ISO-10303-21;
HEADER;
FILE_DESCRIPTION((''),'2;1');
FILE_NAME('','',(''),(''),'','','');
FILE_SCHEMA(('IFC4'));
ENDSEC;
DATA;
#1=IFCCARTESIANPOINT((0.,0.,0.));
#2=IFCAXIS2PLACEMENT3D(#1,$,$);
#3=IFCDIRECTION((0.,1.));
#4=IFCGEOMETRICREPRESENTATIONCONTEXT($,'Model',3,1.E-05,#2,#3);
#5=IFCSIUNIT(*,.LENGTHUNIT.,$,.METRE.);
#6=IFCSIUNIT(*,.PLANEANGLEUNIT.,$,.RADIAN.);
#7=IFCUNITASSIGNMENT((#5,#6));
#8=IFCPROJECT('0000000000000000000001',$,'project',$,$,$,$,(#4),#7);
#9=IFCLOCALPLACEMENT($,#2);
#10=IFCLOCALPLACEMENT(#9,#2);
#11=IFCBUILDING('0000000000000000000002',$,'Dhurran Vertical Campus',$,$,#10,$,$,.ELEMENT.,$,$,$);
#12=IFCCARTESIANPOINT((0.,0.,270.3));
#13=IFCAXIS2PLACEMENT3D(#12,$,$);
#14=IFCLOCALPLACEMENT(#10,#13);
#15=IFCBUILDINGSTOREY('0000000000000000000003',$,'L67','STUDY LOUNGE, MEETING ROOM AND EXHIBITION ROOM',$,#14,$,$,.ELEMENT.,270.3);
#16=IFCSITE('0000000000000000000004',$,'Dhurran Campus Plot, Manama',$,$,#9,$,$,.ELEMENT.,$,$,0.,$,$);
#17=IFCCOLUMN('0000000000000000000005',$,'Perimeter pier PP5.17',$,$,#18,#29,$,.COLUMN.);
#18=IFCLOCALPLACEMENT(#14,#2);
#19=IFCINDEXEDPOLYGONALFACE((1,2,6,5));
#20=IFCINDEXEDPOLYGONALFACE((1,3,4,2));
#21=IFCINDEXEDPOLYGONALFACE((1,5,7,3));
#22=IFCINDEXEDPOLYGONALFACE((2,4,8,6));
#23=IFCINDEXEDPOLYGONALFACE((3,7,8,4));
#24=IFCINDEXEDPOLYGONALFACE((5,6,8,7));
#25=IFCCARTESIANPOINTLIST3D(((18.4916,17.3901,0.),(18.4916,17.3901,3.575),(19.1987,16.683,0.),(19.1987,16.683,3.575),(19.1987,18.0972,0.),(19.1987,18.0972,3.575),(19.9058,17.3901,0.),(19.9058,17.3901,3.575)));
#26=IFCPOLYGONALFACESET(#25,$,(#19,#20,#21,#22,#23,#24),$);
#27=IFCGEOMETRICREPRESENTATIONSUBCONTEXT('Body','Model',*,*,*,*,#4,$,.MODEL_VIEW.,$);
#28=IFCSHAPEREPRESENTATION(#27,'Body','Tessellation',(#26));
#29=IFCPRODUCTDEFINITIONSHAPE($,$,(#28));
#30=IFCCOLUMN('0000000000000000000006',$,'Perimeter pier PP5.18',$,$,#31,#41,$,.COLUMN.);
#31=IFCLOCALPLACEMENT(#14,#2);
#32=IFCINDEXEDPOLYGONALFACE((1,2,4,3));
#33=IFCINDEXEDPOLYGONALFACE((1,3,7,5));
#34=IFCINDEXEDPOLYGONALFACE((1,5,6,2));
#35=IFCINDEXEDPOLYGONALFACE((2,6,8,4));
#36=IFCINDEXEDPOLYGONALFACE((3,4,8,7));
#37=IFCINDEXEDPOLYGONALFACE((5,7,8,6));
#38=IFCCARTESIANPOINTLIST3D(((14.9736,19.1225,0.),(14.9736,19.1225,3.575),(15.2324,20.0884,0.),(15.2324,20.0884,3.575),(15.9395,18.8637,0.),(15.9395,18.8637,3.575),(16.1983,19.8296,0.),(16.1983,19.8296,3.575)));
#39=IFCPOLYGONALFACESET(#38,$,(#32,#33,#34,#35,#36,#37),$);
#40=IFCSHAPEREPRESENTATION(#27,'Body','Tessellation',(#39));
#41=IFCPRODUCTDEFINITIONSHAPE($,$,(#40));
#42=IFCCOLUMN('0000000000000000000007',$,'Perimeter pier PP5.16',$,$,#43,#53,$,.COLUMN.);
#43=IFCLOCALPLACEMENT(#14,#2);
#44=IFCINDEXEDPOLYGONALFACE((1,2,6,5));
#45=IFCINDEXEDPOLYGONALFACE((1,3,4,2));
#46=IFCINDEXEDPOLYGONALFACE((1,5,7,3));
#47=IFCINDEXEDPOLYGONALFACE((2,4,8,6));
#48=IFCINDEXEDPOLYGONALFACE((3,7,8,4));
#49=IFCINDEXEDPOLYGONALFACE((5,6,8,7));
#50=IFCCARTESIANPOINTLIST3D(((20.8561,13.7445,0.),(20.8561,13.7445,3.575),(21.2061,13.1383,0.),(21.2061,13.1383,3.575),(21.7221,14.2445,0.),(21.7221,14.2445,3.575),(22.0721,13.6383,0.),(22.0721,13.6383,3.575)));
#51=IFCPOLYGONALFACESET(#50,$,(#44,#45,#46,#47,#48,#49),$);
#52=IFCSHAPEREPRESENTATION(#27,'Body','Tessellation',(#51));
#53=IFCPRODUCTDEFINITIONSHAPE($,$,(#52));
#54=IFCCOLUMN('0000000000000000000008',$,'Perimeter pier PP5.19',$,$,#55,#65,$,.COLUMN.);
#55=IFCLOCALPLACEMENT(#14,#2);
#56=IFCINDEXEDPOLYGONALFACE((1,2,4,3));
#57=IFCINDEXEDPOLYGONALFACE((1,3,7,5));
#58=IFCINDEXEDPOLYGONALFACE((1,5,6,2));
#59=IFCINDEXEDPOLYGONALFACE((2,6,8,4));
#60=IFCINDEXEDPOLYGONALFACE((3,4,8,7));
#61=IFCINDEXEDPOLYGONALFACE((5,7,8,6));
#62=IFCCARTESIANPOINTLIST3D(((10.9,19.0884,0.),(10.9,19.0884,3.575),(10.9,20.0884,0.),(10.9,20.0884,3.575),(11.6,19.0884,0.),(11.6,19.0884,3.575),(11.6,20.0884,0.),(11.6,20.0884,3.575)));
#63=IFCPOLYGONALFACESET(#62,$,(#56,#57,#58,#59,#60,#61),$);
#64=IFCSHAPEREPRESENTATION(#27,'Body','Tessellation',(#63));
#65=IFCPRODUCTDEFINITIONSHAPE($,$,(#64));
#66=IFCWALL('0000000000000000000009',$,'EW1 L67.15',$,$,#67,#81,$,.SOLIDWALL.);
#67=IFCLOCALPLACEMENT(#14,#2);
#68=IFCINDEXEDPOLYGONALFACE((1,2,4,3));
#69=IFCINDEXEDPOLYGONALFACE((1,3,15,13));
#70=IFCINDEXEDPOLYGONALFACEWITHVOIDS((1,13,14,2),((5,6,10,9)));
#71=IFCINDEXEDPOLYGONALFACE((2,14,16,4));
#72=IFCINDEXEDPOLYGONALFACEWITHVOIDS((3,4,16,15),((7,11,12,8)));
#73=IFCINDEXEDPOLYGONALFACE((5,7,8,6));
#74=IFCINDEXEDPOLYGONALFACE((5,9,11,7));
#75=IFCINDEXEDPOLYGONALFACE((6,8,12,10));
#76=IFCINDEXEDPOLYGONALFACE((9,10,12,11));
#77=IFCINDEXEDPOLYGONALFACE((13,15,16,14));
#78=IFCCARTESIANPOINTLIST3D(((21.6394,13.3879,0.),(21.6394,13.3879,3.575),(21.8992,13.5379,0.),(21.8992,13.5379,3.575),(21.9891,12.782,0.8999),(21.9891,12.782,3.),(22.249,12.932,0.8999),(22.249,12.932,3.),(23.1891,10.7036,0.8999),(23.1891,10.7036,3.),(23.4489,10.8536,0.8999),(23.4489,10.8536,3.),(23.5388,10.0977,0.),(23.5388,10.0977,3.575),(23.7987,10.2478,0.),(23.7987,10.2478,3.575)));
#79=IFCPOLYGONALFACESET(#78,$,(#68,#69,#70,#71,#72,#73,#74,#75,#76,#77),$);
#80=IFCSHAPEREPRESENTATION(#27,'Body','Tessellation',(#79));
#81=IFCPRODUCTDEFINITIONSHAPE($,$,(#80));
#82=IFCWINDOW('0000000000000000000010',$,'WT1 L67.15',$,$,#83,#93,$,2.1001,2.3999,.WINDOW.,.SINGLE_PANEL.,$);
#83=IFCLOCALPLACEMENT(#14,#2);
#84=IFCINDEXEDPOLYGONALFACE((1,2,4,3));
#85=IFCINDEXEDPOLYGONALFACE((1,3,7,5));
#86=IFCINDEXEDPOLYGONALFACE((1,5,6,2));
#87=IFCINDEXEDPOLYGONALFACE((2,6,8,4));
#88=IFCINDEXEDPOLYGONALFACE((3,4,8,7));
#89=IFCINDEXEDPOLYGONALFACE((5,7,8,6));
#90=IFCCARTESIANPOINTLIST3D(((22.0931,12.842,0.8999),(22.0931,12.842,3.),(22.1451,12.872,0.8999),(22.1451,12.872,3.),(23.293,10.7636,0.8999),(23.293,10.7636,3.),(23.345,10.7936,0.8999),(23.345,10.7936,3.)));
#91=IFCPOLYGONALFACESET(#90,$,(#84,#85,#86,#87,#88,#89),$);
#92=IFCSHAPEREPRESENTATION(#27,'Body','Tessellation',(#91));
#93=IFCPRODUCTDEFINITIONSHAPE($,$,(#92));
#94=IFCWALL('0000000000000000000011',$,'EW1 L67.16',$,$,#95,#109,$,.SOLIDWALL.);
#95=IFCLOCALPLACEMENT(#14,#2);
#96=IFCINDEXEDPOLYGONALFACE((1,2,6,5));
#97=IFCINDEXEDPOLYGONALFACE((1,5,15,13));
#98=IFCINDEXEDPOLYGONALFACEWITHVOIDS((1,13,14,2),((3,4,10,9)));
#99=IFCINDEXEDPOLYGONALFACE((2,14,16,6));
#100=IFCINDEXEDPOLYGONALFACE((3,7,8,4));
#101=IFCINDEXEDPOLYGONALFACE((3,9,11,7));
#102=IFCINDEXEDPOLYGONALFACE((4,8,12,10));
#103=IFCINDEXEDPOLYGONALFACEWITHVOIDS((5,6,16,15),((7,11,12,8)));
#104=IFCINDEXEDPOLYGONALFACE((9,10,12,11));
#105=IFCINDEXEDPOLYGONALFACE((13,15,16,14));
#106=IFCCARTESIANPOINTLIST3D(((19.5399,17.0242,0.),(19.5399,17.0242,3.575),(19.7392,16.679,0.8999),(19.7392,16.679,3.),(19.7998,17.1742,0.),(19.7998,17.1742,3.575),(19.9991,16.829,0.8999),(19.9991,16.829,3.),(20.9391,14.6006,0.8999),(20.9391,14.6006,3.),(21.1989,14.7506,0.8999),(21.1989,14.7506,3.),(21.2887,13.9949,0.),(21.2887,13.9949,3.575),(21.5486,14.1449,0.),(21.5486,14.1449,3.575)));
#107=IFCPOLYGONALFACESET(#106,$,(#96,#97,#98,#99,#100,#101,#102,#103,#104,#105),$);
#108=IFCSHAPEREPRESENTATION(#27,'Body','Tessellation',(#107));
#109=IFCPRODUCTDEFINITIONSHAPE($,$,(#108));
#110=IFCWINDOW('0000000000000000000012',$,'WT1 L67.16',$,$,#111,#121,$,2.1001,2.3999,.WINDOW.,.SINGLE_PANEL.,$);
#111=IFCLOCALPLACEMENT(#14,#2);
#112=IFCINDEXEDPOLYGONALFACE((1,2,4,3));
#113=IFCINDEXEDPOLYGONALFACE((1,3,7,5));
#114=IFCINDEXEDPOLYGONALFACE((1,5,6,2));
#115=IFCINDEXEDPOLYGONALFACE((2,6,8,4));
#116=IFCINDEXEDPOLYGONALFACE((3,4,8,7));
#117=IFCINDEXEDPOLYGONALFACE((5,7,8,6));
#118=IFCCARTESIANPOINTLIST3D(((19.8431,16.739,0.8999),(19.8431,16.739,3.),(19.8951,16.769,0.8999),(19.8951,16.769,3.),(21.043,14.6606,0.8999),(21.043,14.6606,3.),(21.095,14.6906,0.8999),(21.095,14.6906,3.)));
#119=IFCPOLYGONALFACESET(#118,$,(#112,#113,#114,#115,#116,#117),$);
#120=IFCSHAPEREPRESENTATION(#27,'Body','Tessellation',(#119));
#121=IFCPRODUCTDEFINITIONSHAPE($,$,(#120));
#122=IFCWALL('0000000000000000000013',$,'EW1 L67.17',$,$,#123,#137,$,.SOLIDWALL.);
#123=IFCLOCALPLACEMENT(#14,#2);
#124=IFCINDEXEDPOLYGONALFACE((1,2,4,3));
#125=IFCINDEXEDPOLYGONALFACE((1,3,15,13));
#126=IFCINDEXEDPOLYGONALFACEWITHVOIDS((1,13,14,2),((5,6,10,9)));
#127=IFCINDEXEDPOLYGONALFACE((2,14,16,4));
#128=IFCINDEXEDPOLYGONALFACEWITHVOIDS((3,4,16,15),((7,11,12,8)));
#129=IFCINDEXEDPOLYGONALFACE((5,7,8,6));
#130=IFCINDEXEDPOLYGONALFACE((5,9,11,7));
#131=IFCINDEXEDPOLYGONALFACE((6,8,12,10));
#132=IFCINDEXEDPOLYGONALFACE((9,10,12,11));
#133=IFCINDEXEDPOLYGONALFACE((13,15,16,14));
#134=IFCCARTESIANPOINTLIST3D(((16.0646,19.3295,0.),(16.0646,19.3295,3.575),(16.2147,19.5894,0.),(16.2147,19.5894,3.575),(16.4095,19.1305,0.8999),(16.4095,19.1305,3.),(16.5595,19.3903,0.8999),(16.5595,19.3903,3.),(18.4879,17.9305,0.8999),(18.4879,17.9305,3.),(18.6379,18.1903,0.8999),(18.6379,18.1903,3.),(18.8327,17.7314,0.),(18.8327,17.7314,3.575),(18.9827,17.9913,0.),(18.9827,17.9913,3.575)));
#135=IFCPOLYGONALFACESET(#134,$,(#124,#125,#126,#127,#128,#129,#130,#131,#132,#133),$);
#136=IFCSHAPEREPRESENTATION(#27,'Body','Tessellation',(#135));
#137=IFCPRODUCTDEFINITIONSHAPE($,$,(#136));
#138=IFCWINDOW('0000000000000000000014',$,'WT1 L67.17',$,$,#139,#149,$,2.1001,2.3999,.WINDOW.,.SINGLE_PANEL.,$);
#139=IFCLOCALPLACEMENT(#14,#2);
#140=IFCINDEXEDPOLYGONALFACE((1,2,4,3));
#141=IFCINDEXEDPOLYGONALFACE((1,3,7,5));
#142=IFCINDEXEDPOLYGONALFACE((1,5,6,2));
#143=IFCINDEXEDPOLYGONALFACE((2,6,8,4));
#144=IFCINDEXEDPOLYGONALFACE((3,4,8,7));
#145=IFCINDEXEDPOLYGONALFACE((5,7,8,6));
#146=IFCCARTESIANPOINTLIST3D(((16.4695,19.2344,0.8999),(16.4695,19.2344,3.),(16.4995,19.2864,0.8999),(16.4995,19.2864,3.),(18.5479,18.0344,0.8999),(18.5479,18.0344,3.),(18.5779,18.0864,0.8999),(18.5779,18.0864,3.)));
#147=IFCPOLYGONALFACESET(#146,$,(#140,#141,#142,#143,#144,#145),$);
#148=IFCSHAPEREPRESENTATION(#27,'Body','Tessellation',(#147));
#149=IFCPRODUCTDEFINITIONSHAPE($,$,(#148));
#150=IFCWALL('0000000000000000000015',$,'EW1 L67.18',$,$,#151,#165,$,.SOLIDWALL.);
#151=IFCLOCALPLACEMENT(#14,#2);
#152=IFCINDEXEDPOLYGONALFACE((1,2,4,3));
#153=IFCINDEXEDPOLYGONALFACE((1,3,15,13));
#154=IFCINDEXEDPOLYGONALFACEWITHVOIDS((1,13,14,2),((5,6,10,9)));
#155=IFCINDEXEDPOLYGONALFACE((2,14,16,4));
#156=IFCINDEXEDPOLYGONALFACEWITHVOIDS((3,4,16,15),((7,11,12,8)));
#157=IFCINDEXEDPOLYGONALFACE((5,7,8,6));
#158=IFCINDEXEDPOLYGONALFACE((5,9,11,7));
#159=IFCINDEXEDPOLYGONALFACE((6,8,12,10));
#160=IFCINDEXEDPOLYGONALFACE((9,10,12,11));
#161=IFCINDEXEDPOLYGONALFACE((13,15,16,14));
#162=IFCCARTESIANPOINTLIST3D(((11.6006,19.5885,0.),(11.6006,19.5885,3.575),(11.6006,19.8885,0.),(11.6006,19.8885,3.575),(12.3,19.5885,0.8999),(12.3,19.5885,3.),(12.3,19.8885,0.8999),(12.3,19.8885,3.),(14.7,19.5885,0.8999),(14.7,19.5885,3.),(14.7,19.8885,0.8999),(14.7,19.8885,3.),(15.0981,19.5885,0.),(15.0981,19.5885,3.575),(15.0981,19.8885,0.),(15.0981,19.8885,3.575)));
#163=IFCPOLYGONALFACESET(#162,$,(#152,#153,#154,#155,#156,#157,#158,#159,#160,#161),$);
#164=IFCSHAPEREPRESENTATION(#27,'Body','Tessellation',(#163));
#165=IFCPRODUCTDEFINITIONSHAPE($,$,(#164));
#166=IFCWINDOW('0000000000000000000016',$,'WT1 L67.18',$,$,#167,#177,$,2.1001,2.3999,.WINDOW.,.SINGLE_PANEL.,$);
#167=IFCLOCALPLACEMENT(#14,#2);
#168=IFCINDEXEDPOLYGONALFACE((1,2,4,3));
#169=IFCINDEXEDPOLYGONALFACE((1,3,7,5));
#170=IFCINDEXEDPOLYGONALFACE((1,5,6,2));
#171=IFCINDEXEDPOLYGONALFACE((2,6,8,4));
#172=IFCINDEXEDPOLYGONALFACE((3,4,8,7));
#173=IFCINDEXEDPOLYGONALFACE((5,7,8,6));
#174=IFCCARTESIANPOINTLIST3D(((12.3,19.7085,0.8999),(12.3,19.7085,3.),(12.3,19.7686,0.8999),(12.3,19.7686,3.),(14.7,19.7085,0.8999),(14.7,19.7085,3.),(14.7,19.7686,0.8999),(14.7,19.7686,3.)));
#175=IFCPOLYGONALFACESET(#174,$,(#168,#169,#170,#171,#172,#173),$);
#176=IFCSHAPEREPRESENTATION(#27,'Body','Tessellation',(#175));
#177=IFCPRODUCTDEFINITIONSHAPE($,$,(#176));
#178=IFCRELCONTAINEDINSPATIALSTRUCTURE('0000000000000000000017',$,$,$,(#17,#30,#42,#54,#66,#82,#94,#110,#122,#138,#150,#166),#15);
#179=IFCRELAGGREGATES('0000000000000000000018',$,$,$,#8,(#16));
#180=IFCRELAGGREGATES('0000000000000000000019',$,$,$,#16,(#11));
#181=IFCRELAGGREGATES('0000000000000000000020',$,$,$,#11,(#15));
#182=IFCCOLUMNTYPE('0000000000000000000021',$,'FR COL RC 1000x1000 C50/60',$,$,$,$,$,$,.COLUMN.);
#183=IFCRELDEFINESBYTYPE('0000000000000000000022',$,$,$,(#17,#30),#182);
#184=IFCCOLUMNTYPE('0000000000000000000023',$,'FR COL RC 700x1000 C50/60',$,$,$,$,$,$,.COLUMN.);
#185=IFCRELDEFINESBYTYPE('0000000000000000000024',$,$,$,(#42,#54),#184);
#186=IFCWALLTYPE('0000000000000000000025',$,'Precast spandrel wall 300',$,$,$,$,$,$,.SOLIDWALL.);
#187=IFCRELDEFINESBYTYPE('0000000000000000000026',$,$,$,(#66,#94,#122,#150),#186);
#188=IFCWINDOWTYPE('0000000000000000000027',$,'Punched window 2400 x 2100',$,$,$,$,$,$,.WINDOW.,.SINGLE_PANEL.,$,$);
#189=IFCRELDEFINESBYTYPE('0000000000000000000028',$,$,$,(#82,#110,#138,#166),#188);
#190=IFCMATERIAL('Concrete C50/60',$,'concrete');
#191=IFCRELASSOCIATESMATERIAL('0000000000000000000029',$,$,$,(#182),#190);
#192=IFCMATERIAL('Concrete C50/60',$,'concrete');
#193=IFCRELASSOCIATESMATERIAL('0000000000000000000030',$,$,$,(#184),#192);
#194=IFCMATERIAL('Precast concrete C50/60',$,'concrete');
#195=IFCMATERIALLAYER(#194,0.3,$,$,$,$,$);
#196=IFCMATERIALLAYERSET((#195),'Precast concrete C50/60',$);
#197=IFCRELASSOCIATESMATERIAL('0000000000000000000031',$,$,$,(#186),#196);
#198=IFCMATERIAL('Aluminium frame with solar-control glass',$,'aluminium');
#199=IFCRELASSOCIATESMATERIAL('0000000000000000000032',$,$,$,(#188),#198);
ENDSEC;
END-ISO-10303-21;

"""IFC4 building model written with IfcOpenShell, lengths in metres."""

from ifc_helpers import new_model, si_unit, direction, frame, frame_2d, origin, origin_2d, place, context, subcontext, project, spatial, rectangle, extrude, material, layer, layer_set, material_profile, profile_set, type_object, element, fill, save


model = new_model("IFC4")

# Units and contexts
model_context = context("Model", 3, precision=1e-05, world=origin(), true_north=direction((0.0, 1.0)))
body_context = subcontext(model_context, "Body", "Model", "MODEL_VIEW")
ifc_project = project(units=[si_unit("LENGTHUNIT", "METRE"), si_unit("PLANEANGLEUNIT", "RADIAN")], contexts=[model_context])

# Site, building, storey
site_placement = place(None, origin())
site = spatial("IfcSite", under=ifc_project, at=site_placement, Name="Dhurran Campus Plot, Manama", CompositionType="ELEMENT", RefElevation=0.0)
building_placement = place(site_placement, origin())
building = spatial("IfcBuilding", under=site, at=building_placement, Name="Dhurran Vertical Campus", CompositionType="ELEMENT")
storey_placement = place(building_placement, frame((0.0, 0.0, 270.3)))
storey = spatial("IfcBuildingStorey", under=building, at=storey_placement, Name="L67", Description="STUDY LOUNGE, MEETING ROOM AND EXHIBITION ROOM", CompositionType="ELEMENT", Elevation=270.3)

# Columns
ifc_material_1 = material(Name="Concrete C50/60", Category="concrete")
ifc_material_profile_1 = material_profile(ifc_material_1, rectangle(XDim=1.0, YDim=1.0, at=origin_2d()), Name="RC 1000x1000")
ifc_profile_set_1 = profile_set([ifc_material_profile_1], Name="Concrete C50/60")
column_type_1 = type_object("IfcColumnType", Name="FR COL RC 1000x1000 C50/60", PredefinedType="COLUMN", material=ifc_profile_set_1)
for number, where, z_axis, x_axis, name in (
    (1, (19.1987, 17.3901, 0.0), (0.0, 0.0, 1.0), (-0.707107, 0.707107, 0.0), "Perimeter pier PP5.17"),
    (2, (15.5859, 19.4761, 0.0), (0.0, 0.0, 1.0), (-0.965926, 0.258819, 0.0), "Perimeter pier PP5.18"),
):
    element("IfcColumn", number, at=place(storey_placement, frame(where, z_axis=z_axis, x_axis=x_axis)), inside=storey, type_object=column_type_1, Name=name, PredefinedType="COLUMN", context=body_context, shape_type="SweptSolid", body=[
        extrude(rectangle(XDim=1.0, YDim=1.0, at=origin_2d()), origin(), (0.0, 0.0, 1.0), 3.575),
    ])
ifc_material_2 = material(Name="Concrete C50/60", Category="concrete")
ifc_material_profile_2 = material_profile(ifc_material_2, rectangle(XDim=0.7, YDim=1.0, at=origin_2d()), Name="RC 700x1000")
ifc_profile_set_2 = profile_set([ifc_material_profile_2], Name="Concrete C50/60")
column_type_2 = type_object("IfcColumnType", Name="FR COL RC 700x1000 C50/60", PredefinedType="COLUMN", material=ifc_profile_set_2)
for number, where, z_axis, x_axis, name in (
    (3, (21.4641, 13.6914, 0.0), (0.0, 0.0, 1.0), (-0.5, 0.866025, 0.0), "Perimeter pier PP5.16"),
    (4, (11.25, 19.5884, 0.0), (0.0, 0.0, 1.0), (-1.0, 0.0, 0.0), "Perimeter pier PP5.19"),
):
    element("IfcColumn", number, at=place(storey_placement, frame(where, z_axis=z_axis, x_axis=x_axis)), inside=storey, type_object=column_type_2, Name=name, PredefinedType="COLUMN", context=body_context, shape_type="SweptSolid", body=[
        extrude(rectangle(XDim=0.7, YDim=1.0, at=origin_2d()), origin(), (0.0, 0.0, 1.0), 3.575),
    ])

# Walls, openings, windows
ifc_material_3 = material(Name="Precast concrete C50/60", Category="concrete")
ifc_layer_1 = layer(ifc_material_3, 0.3)
ifc_layer_set_1 = layer_set([ifc_layer_1], Name="Precast concrete C50/60")
wall_type_1 = type_object("IfcWallType", Name="Precast spandrel wall 300", PredefinedType="SOLIDWALL", material=ifc_layer_set_1)
wall_1_placement = place(storey_placement, frame((23.6687, 10.1729, 0.0), z_axis=(0.0, 0.0, 1.0), x_axis=(-0.499982, 0.866036, 0.0)))
wall_1 = element("IfcWall", 5, at=wall_1_placement, inside=storey, type_object=wall_type_1, Name="EW1 L67.15", PredefinedType="SOLIDWALL", context=body_context, shape_type="SweptSolid", body=[
    extrude(rectangle(XDim=3.7991, YDim=0.3, at=frame_2d((1.8994, 0.0))), origin(), (0.0, 0.0, 1.0), 3.575),
])
opening_1_placement = place(wall_1_placement, frame((0.6995, 0.0, 0.8999)))
opening_1 = element("IfcOpeningElement", 6, at=opening_1_placement, cuts=wall_1, PredefinedType="OPENING", context=body_context, shape_type="SweptSolid", body=[
    extrude(rectangle(XDim=2.3999, YDim=2.1001, at=frame_2d((1.2, 1.05))), frame((0.0, 0.1599, 0.0), z_axis=(0.0, -1.0, 0.0), x_axis=(1.0, 0.0, 0.0)), (0.0, 0.0, 1.0), 0.3201),
])
ifc_material_4 = material(Name="Aluminium frame with solar-control glass", Category="aluminium")
window_type = type_object("IfcWindowType", Name="Punched window 2400 x 2100", PartitioningType="SINGLE_PANEL", PredefinedType="WINDOW", material=ifc_material_4)
window_1_placement = place(opening_1_placement, origin())
window_1 = element("IfcWindow", 7, at=window_1_placement, inside=storey, type_object=window_type, Name="WT1 L67.15", OverallHeight=2.1001, OverallWidth=2.3999, PartitioningType="SINGLE_PANEL", PredefinedType="WINDOW", context=body_context, shape_type="SweptSolid", body=[
    extrude(rectangle(XDim=2.3999, YDim=2.1001, at=frame_2d((1.2, 1.05))), frame((0.0, 0.03, 0.0), z_axis=(0.0, -1.0, 0.0), x_axis=(1.0, 0.0, 0.0)), (0.0, 0.0, 1.0), 0.0601),
])
fill(opening_1, window_1)
wall_2_placement = place(storey_placement, frame((21.4187, 14.0698, 0.0), z_axis=(0.0, 0.0, 1.0), x_axis=(-0.49996, 0.866048, 0.0)))
wall_2 = element("IfcWall", 8, at=wall_2_placement, inside=storey, type_object=wall_type_1, Name="EW1 L67.16", PredefinedType="SOLIDWALL", context=body_context, shape_type="SweptSolid", body=[
    extrude(rectangle(XDim=3.4978, YDim=0.3, at=frame_2d((1.749, 0.0))), origin(), (0.0, 0.0, 1.0), 3.575),
])
opening_2_placement = place(wall_2_placement, frame((0.6995, 0.0, 0.8999)))
opening_2 = element("IfcOpeningElement", 9, at=opening_2_placement, cuts=wall_2, PredefinedType="OPENING", context=body_context, shape_type="SweptSolid", body=[
    extrude(rectangle(XDim=2.3999, YDim=2.1001, at=frame_2d((1.2, 1.05))), frame((0.0, 0.1599, 0.0), z_axis=(0.0, -1.0, 0.0), x_axis=(1.0, 0.0, 0.0)), (0.0, 0.0, 1.0), 0.3201),
])
window_2_placement = place(opening_2_placement, origin())
window_2 = element("IfcWindow", 10, at=window_2_placement, inside=storey, type_object=window_type, Name="WT1 L67.16", OverallHeight=2.1001, OverallWidth=2.3999, PartitioningType="SINGLE_PANEL", PredefinedType="WINDOW", context=body_context, shape_type="SweptSolid", body=[
    extrude(rectangle(XDim=2.3999, YDim=2.1001, at=frame_2d((1.2, 1.05))), frame((0.0, 0.03, 0.0), z_axis=(0.0, -1.0, 0.0), x_axis=(1.0, 0.0, 0.0)), (0.0, 0.0, 1.0), 0.0601),
])
fill(opening_2, window_2)
wall_3_placement = place(storey_placement, frame((18.9077, 17.8613, 0.0), z_axis=(0.0, 0.0, 1.0), x_axis=(-0.866025, 0.5, 0.0)))
wall_3 = element("IfcWall", 11, at=wall_3_placement, inside=storey, type_object=wall_type_1, Name="EW1 L67.17", PredefinedType="SOLIDWALL", context=body_context, shape_type="SweptSolid", body=[
    extrude(rectangle(XDim=3.1963, YDim=0.3, at=frame_2d((1.5981, 0.0))), origin(), (0.0, 0.0, 1.0), 3.575),
])
opening_3_placement = place(wall_3_placement, frame((0.3982, 0.0, 0.8999)))
opening_3 = element("IfcOpeningElement", 12, at=opening_3_placement, cuts=wall_3, PredefinedType="OPENING", context=body_context, shape_type="SweptSolid", body=[
    extrude(rectangle(XDim=2.3999, YDim=2.1001, at=frame_2d((1.2, 1.05))), frame((0.0, 0.1599, 0.0), z_axis=(0.0, -1.0, 0.0), x_axis=(1.0, 0.0, 0.0)), (0.0, 0.0, 1.0), 0.3201),
])
window_3_placement = place(opening_3_placement, origin())
window_3 = element("IfcWindow", 13, at=window_3_placement, inside=storey, type_object=window_type, Name="WT1 L67.17", OverallHeight=2.1001, OverallWidth=2.3999, PartitioningType="SINGLE_PANEL", PredefinedType="WINDOW", context=body_context, shape_type="SweptSolid", body=[
    extrude(rectangle(XDim=2.3999, YDim=2.1001, at=frame_2d((1.2, 1.05))), frame((0.0, 0.03, 0.0), z_axis=(0.0, -1.0, 0.0), x_axis=(1.0, 0.0, 0.0)), (0.0, 0.0, 1.0), 0.0601),
])
fill(opening_3, window_3)
wall_4_placement = place(storey_placement, frame((15.0981, 19.7385, 0.0), z_axis=(0.0, 0.0, 1.0), x_axis=(-1.0, 0.0, 0.0)))
wall_4 = element("IfcWall", 14, at=wall_4_placement, inside=storey, type_object=wall_type_1, Name="EW1 L67.18", PredefinedType="SOLIDWALL", context=body_context, shape_type="SweptSolid", body=[
    extrude(rectangle(XDim=3.4976, YDim=0.3, at=frame_2d((1.7488, 0.0))), origin(), (0.0, 0.0, 1.0), 3.575),
])
opening_4_placement = place(wall_4_placement, frame((0.3982, 0.0, 0.8999)))
opening_4 = element("IfcOpeningElement", 15, at=opening_4_placement, cuts=wall_4, PredefinedType="OPENING", context=body_context, shape_type="SweptSolid", body=[
    extrude(rectangle(XDim=2.3999, YDim=2.1001, at=frame_2d((1.2, 1.05))), frame((0.0, 0.1599, 0.0), z_axis=(0.0, -1.0, 0.0), x_axis=(1.0, 0.0, 0.0)), (0.0, 0.0, 1.0), 0.3201),
])
window_4_placement = place(opening_4_placement, origin())
window_4 = element("IfcWindow", 16, at=window_4_placement, inside=storey, type_object=window_type, Name="WT1 L67.18", OverallHeight=2.1001, OverallWidth=2.3999, PartitioningType="SINGLE_PANEL", PredefinedType="WINDOW", context=body_context, shape_type="SweptSolid", body=[
    extrude(rectangle(XDim=2.3999, YDim=2.1001, at=frame_2d((1.2, 1.05))), frame((0.0, 0.03, 0.0), z_axis=(0.0, -1.0, 0.0), x_axis=(1.0, 0.0, 0.0)), (0.0, 0.0, 1.0), 0.0601),
])
fill(opening_4, window_4)

save(model, "model.ifc")
